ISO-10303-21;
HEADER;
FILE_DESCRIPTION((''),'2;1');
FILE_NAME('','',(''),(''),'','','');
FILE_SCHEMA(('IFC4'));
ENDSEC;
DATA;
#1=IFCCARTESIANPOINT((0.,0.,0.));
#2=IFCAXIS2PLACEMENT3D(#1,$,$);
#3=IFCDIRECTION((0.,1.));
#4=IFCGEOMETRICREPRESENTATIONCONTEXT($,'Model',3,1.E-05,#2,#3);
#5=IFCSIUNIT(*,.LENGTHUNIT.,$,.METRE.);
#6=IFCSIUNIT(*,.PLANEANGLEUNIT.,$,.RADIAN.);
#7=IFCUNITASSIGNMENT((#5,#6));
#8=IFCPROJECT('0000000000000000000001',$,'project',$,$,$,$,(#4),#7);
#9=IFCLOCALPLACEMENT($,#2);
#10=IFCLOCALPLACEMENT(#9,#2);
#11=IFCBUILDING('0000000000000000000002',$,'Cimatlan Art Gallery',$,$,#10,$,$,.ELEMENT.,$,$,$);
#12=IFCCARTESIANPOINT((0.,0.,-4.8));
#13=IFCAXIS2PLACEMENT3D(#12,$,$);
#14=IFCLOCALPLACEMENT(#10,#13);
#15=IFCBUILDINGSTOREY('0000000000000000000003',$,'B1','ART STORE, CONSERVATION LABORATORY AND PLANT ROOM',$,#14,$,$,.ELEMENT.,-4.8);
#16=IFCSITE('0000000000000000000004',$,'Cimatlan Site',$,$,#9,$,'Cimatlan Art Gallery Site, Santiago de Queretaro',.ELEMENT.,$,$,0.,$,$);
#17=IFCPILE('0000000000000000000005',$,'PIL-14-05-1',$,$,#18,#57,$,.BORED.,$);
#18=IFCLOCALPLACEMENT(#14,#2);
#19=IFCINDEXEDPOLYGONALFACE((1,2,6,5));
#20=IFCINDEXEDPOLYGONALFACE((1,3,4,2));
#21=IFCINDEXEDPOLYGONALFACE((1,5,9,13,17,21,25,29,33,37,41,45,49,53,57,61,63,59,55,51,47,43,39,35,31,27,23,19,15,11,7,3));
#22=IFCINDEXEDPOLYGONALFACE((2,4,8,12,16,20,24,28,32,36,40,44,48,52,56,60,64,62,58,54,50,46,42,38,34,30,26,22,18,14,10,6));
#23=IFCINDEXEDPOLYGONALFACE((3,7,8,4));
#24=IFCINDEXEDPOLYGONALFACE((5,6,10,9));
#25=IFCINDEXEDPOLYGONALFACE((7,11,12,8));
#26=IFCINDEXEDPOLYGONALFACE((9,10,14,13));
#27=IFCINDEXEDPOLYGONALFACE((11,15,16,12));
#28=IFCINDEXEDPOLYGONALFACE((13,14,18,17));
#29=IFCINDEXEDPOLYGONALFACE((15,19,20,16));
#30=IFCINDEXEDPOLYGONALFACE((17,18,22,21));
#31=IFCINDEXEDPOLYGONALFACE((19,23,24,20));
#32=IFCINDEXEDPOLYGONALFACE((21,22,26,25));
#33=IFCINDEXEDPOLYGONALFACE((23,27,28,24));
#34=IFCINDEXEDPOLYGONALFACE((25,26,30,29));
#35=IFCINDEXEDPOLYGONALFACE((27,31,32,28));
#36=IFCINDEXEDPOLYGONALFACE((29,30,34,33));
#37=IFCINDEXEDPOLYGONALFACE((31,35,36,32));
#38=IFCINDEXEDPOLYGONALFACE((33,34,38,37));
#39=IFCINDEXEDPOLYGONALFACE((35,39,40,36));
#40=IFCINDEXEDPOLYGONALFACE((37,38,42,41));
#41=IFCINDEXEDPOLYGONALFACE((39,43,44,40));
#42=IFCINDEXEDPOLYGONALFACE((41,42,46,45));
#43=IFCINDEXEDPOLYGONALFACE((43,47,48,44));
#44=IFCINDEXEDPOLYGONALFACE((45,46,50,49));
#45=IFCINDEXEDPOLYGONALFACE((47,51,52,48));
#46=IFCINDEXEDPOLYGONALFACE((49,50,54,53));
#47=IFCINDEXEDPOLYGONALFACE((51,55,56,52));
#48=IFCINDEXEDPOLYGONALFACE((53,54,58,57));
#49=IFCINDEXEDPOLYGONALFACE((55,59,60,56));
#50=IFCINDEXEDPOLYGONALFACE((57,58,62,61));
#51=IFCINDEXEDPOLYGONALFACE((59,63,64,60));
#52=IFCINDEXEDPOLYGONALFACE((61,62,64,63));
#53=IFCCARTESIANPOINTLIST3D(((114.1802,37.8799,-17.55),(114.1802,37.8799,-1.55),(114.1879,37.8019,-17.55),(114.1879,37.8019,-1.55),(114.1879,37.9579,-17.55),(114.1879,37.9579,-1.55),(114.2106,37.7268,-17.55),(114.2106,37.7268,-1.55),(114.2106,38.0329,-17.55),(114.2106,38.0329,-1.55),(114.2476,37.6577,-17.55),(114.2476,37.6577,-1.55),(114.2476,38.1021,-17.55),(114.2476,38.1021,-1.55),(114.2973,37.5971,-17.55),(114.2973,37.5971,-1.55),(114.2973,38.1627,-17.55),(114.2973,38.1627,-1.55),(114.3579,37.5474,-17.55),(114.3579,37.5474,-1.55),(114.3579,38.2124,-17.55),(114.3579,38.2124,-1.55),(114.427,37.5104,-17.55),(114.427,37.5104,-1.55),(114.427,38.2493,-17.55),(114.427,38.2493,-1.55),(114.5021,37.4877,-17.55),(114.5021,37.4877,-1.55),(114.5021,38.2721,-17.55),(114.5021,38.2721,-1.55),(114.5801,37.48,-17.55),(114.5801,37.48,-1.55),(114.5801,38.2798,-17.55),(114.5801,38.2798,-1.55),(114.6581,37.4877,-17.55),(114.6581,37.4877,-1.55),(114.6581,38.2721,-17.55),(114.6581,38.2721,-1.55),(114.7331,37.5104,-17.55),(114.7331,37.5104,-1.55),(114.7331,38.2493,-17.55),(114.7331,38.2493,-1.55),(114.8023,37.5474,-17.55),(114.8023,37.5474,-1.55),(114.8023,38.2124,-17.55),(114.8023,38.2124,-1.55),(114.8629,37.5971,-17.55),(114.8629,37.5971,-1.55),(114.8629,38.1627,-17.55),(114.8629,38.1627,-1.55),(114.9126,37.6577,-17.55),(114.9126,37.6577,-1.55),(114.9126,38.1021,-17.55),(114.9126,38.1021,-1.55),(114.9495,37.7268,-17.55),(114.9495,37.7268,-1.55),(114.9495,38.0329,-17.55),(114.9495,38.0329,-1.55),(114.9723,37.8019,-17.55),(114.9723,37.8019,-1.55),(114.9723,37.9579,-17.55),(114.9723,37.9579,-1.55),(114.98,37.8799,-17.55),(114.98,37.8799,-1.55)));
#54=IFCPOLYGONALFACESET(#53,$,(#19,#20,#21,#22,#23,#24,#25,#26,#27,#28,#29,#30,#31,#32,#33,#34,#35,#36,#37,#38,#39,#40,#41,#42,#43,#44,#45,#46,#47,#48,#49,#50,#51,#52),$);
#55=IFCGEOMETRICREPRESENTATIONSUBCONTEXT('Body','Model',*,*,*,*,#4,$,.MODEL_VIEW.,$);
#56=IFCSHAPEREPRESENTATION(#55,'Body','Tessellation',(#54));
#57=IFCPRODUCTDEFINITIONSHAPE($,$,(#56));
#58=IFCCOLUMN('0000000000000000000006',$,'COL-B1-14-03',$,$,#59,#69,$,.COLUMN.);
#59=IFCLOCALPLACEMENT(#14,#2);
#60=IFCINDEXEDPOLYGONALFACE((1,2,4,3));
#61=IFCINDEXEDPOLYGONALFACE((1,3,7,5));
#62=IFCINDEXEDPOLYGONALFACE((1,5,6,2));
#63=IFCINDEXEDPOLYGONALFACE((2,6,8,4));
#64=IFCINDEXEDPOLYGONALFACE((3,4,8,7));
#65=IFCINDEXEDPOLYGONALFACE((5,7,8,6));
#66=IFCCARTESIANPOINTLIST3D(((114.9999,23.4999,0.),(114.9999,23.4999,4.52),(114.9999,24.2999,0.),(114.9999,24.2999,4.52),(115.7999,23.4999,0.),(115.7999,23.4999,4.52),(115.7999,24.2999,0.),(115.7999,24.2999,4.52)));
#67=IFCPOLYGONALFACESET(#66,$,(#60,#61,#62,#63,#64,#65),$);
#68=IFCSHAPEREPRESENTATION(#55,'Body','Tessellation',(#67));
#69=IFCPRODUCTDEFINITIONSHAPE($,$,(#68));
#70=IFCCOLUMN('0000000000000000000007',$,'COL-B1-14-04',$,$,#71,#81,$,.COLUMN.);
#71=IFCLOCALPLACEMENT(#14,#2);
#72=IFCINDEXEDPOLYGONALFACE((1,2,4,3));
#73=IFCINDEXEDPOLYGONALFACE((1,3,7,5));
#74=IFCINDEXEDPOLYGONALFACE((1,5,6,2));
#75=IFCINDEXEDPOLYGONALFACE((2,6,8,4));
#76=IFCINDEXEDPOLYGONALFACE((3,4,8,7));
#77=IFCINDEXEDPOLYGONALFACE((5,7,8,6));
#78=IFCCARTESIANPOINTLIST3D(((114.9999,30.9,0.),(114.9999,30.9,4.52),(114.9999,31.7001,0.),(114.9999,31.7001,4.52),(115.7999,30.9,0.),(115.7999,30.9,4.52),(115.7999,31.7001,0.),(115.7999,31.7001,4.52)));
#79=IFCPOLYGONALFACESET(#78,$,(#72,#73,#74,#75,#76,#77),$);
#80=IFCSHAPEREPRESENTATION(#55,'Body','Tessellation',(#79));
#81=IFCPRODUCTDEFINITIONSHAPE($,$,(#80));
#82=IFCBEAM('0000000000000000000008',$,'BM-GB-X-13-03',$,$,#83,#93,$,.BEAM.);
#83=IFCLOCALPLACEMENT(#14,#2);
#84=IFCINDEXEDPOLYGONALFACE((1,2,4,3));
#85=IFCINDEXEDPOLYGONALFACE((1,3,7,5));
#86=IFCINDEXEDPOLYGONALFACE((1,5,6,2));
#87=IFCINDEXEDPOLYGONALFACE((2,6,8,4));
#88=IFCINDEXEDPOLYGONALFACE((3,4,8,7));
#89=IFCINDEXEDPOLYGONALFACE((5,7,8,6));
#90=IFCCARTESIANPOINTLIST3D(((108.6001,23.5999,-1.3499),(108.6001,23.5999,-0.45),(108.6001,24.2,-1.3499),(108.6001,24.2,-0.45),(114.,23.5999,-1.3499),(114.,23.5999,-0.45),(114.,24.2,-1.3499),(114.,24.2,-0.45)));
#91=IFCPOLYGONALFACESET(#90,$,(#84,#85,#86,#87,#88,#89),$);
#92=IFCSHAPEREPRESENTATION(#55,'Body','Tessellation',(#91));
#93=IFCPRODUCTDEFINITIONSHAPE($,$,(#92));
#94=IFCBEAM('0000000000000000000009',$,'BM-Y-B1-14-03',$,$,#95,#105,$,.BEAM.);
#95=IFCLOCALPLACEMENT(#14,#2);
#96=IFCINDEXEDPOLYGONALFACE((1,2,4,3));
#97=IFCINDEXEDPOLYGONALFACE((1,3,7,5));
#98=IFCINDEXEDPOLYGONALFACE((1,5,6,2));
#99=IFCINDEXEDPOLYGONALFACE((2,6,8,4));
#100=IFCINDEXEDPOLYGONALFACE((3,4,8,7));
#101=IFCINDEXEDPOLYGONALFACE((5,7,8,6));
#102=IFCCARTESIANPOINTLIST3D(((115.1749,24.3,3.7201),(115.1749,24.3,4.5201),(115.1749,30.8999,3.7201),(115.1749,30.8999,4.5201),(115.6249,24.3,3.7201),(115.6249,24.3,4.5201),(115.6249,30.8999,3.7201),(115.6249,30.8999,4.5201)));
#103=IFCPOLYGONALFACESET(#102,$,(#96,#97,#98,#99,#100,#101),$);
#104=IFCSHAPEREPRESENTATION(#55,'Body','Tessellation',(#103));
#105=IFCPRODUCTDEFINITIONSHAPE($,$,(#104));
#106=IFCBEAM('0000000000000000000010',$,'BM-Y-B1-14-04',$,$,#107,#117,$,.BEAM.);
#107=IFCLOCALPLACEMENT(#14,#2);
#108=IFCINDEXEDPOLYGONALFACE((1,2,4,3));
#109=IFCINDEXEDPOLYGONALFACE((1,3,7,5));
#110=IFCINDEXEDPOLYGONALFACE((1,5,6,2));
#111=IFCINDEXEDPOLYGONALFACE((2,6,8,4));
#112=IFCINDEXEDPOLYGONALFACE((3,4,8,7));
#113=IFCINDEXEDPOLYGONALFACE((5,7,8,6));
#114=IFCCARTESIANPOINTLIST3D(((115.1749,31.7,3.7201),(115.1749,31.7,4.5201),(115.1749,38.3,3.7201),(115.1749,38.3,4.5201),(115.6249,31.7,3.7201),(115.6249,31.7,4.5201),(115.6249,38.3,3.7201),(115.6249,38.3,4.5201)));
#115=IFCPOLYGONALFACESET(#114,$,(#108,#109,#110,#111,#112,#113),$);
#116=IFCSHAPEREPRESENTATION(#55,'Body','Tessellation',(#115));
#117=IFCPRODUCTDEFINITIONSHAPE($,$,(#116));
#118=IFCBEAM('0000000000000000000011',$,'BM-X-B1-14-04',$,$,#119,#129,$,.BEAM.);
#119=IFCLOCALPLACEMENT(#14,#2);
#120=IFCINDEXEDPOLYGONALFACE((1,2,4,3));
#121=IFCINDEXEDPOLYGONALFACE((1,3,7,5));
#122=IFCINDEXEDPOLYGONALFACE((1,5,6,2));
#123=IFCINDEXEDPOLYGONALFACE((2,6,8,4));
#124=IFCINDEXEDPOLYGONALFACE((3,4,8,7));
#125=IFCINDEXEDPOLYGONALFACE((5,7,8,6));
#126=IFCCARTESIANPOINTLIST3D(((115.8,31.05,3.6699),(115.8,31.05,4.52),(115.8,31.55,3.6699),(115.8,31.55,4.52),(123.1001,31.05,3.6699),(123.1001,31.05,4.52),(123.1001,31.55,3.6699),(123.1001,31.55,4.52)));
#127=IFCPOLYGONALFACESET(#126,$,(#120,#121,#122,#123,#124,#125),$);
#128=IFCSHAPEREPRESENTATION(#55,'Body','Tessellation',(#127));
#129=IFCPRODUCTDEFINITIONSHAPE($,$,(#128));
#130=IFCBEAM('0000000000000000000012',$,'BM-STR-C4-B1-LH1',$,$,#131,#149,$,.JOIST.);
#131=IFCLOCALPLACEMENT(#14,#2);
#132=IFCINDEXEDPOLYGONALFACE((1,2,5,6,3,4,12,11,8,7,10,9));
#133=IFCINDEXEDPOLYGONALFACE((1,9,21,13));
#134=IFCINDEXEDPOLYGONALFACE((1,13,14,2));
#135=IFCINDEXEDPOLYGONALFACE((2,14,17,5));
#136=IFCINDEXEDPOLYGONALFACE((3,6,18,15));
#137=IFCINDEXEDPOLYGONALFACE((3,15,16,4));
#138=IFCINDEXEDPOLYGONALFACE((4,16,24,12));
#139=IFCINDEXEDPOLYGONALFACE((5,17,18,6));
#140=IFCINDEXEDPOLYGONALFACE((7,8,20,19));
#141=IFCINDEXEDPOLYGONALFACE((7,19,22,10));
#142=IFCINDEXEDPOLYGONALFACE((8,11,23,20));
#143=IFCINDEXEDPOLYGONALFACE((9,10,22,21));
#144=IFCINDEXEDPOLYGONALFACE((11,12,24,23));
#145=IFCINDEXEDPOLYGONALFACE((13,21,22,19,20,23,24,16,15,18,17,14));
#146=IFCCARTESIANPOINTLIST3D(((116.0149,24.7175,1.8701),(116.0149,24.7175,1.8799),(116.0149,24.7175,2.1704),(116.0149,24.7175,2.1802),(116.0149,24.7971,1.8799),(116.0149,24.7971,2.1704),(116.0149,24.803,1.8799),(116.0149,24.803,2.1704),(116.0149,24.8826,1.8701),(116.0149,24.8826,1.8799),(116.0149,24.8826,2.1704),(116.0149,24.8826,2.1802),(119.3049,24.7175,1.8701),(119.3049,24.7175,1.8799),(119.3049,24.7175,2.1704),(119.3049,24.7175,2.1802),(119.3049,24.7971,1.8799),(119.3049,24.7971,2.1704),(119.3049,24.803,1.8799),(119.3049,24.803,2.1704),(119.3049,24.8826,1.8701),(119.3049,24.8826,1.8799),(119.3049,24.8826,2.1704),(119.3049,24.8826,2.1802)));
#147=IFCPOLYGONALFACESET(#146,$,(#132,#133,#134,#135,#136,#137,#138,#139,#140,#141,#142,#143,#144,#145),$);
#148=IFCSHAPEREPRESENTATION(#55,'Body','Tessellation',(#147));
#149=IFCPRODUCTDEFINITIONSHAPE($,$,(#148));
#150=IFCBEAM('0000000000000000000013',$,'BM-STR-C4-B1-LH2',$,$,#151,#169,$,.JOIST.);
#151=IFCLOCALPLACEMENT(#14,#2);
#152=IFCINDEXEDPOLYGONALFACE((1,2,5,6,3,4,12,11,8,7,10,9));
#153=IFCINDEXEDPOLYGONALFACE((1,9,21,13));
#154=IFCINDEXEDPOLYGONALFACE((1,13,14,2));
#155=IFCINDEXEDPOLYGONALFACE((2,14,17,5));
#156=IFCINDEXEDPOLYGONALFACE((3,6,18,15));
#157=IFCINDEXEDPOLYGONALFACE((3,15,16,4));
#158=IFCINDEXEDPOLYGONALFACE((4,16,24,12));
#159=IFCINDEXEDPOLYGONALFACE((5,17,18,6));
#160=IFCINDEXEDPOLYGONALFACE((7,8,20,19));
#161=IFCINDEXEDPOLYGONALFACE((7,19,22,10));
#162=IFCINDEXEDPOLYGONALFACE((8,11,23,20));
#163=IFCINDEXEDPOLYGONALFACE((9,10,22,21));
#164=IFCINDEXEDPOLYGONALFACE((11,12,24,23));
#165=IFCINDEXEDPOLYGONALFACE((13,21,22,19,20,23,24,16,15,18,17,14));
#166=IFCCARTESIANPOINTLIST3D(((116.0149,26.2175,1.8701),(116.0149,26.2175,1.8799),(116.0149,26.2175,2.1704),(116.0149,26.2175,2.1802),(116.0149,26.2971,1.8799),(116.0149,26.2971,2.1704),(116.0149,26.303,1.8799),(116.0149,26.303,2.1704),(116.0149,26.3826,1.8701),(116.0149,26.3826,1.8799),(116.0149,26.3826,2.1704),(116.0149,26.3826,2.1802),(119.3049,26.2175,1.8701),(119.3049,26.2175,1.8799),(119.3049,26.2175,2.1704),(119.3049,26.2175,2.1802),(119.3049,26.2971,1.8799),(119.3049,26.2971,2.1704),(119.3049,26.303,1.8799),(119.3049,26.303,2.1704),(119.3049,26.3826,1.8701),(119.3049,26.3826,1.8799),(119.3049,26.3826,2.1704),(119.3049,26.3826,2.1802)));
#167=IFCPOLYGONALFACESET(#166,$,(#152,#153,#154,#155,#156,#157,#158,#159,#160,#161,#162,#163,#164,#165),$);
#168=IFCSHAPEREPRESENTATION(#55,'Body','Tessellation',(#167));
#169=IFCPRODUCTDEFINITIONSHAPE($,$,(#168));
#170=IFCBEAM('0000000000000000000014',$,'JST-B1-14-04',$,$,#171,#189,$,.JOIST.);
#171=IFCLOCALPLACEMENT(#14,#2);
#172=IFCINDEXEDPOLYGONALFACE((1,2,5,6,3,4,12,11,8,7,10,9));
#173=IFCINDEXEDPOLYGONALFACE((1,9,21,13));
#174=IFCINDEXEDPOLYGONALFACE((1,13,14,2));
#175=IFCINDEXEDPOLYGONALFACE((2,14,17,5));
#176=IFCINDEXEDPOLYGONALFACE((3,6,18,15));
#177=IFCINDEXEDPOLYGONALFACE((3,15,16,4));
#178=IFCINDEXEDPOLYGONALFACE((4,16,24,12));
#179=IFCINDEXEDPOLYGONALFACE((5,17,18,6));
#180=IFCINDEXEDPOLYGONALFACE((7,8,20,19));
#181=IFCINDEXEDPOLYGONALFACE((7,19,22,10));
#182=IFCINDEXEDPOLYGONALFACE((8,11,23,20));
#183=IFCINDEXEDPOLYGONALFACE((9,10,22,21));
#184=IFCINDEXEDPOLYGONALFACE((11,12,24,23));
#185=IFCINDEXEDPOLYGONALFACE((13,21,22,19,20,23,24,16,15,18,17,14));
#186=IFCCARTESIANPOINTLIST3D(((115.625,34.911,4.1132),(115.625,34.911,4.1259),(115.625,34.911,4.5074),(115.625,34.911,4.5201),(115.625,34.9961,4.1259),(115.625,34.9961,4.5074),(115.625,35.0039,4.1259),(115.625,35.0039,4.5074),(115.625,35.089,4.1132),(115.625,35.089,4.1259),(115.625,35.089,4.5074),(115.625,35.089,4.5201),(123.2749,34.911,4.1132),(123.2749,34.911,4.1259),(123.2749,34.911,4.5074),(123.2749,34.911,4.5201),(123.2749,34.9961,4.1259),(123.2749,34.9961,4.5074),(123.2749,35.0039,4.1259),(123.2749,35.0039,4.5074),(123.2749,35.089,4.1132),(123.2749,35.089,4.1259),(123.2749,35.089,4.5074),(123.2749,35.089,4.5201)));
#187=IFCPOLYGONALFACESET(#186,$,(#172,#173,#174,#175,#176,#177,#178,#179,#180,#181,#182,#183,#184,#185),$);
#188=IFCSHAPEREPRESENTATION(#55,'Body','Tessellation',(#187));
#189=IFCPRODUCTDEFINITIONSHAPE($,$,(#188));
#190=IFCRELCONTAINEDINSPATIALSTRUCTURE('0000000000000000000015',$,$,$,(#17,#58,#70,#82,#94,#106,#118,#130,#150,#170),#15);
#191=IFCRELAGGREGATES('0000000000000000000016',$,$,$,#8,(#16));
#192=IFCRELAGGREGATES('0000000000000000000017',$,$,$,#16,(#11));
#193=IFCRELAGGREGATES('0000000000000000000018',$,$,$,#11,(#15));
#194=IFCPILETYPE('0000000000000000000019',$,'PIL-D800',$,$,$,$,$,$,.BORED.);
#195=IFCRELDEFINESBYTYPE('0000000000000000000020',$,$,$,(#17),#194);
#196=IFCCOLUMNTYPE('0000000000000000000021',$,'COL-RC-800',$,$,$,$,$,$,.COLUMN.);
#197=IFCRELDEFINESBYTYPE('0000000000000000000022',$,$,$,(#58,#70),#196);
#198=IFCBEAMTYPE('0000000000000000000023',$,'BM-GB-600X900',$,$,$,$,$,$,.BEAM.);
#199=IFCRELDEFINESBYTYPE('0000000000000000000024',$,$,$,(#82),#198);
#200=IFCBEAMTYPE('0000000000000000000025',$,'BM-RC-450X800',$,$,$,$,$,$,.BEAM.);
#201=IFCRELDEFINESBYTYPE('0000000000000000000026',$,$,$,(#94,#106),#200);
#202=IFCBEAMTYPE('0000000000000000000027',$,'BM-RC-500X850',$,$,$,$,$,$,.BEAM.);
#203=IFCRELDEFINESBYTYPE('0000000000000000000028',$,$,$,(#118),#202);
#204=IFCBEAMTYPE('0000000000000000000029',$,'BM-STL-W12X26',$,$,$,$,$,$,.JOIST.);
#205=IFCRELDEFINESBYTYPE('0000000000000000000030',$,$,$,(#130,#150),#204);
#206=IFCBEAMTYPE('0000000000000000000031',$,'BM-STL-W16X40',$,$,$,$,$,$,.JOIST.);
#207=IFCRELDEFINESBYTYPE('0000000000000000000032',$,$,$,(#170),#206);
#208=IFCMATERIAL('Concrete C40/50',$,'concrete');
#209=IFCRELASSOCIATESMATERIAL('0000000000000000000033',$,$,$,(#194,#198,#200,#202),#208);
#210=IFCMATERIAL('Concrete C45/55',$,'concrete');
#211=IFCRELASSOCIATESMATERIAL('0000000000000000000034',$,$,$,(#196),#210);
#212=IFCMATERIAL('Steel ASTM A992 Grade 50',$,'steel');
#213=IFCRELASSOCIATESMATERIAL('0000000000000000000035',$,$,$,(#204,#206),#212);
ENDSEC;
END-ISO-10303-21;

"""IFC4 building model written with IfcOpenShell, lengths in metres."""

from ifc_helpers import new_model, si_unit, direction, frame, origin, origin_2d, place, context, subcontext, project, spatial, rectangle, circle, i_section, extrude, material, material_profile, profile_set, type_object, element, save


model = new_model("IFC4")

# Units and contexts
model_context = context("Model", 3, precision=1e-05, world=origin(), true_north=direction((0.0, 1.0)))
body_context = subcontext(model_context, "Body", "Model", "MODEL_VIEW")
ifc_project = project(units=[si_unit("LENGTHUNIT", "METRE"), si_unit("PLANEANGLEUNIT", "RADIAN")], contexts=[model_context])

# Site, building, storey
site_placement = place(None, origin())
site = spatial("IfcSite", under=ifc_project, at=site_placement, Name="Cimatlan Site", LongName="Cimatlan Art Gallery Site, Santiago de Queretaro", CompositionType="ELEMENT", RefElevation=0.0)
building_placement = place(site_placement, origin())
building = spatial("IfcBuilding", under=site, at=building_placement, Name="Cimatlan Art Gallery", CompositionType="ELEMENT")
storey_placement = place(building_placement, frame((0.0, 0.0, -4.8)))
storey = spatial("IfcBuildingStorey", under=building, at=storey_placement, Name="B1", Description="ART STORE, CONSERVATION LABORATORY AND PLANT ROOM", CompositionType="ELEMENT", Elevation=-4.8)

# Shared definitions
ifc_material_1 = material(Name="Concrete C40/50", Category="concrete")

# Pile
pile_type_1 = type_object("IfcPileType", Name="PIL-D800", PredefinedType="BORED", material=ifc_material_1)
for number, where, z_axis, x_axis, name in (
    (1, (114.5801, 37.8799, -1.55), (0.0, 0.0, -1.0), (1.0, 0.0, 0.0), "PIL-14-05-1"),
):
    element("IfcPile", number, at=place(storey_placement, frame(where, z_axis=z_axis, x_axis=x_axis)), inside=storey, type_object=pile_type_1, Name=name, PredefinedType="BORED", context=body_context, shape_type="SweptSolid", body=[
        extrude(circle(Radius=0.3999, at=origin_2d()), origin(), (0.0, 0.0, 1.0), 16.0),
    ])

# Columns
ifc_material_2 = material(Name="Concrete C45/55", Category="concrete")
ifc_material_profile_1 = material_profile(ifc_material_2, rectangle(XDim=0.8, YDim=0.8, at=origin_2d()), Name="RC800X800")
ifc_profile_set_1 = profile_set([ifc_material_profile_1], Name="Concrete C45/55")
column_type = type_object("IfcColumnType", Name="COL-RC-800", PredefinedType="COLUMN", material=ifc_profile_set_1)
for number, where, z_axis, x_axis, name in (
    (2, (115.3999, 23.8999, 0.0), (0.0, 0.0, 1.0), (1.0, 0.0, 0.0), "COL-B1-14-03"),
    (3, (115.3999, 31.3, 0.0), (0.0, 0.0, 1.0), (1.0, 0.0, 0.0), "COL-B1-14-04"),
):
    element("IfcColumn", number, at=place(storey_placement, frame(where, z_axis=z_axis, x_axis=x_axis)), inside=storey, type_object=column_type, Name=name, PredefinedType="COLUMN", context=body_context, shape_type="SweptSolid", body=[
        extrude(rectangle(XDim=0.8, YDim=0.8, at=origin_2d()), origin(), (0.0, 0.0, 1.0), 4.52),
    ])

# Beams
ifc_material_profile_2 = material_profile(ifc_material_1, rectangle(XDim=0.6001, YDim=0.8999, at=origin_2d()), Name="RC600X900")
ifc_profile_set_2 = profile_set([ifc_material_profile_2], Name="Concrete C40/50")
beam_type_1 = type_object("IfcBeamType", Name="BM-GB-600X900", PredefinedType="BEAM", material=ifc_profile_set_2)
beam_1_placement = place(storey_placement, frame((108.6001, 23.8999, -0.8999), z_axis=(1.0, 0.0, 0.0), x_axis=(0.0, 1.0, 0.0)))
element("IfcBeam", 4, at=beam_1_placement, inside=storey, type_object=beam_type_1, Name="BM-GB-X-13-03", PredefinedType="BEAM", context=body_context, shape_type="SweptSolid", body=[
    extrude(rectangle(XDim=0.6001, YDim=0.8999, at=origin_2d()), origin(), (0.0, 0.0, 1.0), 5.3999),
])
ifc_material_profile_3 = material_profile(ifc_material_1, rectangle(XDim=0.45, YDim=0.8, at=origin_2d()), Name="RC450X800")
ifc_profile_set_3 = profile_set([ifc_material_profile_3], Name="Concrete C40/50")
beam_type_2 = type_object("IfcBeamType", Name="BM-RC-450X800", PredefinedType="BEAM", material=ifc_profile_set_3)
beam_2_placement = place(storey_placement, frame((115.3999, 24.3, 4.1201), z_axis=(0.0, 1.0, 0.0), x_axis=(-1.0, 0.0, 0.0)))
element("IfcBeam", 5, at=beam_2_placement, inside=storey, type_object=beam_type_2, Name="BM-Y-B1-14-03", PredefinedType="BEAM", context=body_context, shape_type="SweptSolid", body=[
    extrude(rectangle(XDim=0.45, YDim=0.8, at=origin_2d()), origin(), (0.0, 0.0, 1.0), 6.5999),
])
beam_3_placement = place(storey_placement, frame((115.3999, 31.7, 4.1201), z_axis=(0.0, 1.0, 0.0), x_axis=(-1.0, 0.0, 0.0)))
element("IfcBeam", 6, at=beam_3_placement, inside=storey, type_object=beam_type_2, Name="BM-Y-B1-14-04", PredefinedType="BEAM", context=body_context, shape_type="SweptSolid", body=[
    extrude(rectangle(XDim=0.45, YDim=0.8, at=origin_2d()), origin(), (0.0, 0.0, 1.0), 6.6001),
])
ifc_material_profile_4 = material_profile(ifc_material_1, rectangle(XDim=0.5, YDim=0.8501, at=origin_2d()), Name="RC500X850")
ifc_profile_set_4 = profile_set([ifc_material_profile_4], Name="Concrete C40/50")
beam_type_3 = type_object("IfcBeamType", Name="BM-RC-500X850", PredefinedType="BEAM", material=ifc_profile_set_4)
beam_4_placement = place(storey_placement, frame((115.8, 31.3, 4.095), z_axis=(1.0, 0.0, 0.0), x_axis=(0.0, 1.0, 0.0)))
element("IfcBeam", 7, at=beam_4_placement, inside=storey, type_object=beam_type_3, Name="BM-X-B1-14-04", PredefinedType="BEAM", context=body_context, shape_type="SweptSolid", body=[
    extrude(rectangle(XDim=0.5, YDim=0.8501, at=origin_2d()), origin(), (0.0, 0.0, 1.0), 7.3),
])
ifc_material_3 = material(Name="Steel ASTM A992 Grade 50", Category="steel")
ifc_material_profile_5 = material_profile(ifc_material_3, i_section(OverallWidth=0.165, OverallDepth=0.3101, WebThickness=0.0059, FlangeThickness=0.0098, at=origin_2d()), Name="W12X26")
ifc_profile_set_5 = profile_set([ifc_material_profile_5], Name="Steel ASTM A992 Grade 50")
beam_type_4 = type_object("IfcBeamType", Name="BM-STL-W12X26", PredefinedType="JOIST", material=ifc_profile_set_5)
for number, where, z_axis, x_axis, name in (
    (8, (116.0149, 24.8, 2.0251), (1.0, 0.0, 0.0), (0.0, 1.0, 0.0), "BM-STR-C4-B1-LH1"),
    (9, (116.0149, 26.3, 2.0251), (1.0, 0.0, 0.0), (0.0, 1.0, 0.0), "BM-STR-C4-B1-LH2"),
):
    element("IfcBeam", number, at=place(storey_placement, frame(where, z_axis=z_axis, x_axis=x_axis)), inside=storey, type_object=beam_type_4, Name=name, PredefinedType="JOIST", context=body_context, shape_type="SweptSolid", body=[
        extrude(i_section(OverallWidth=0.165, OverallDepth=0.3101, WebThickness=0.0059, FlangeThickness=0.0098, at=origin_2d()), origin(), (0.0, 0.0, 1.0), 3.29),
    ])
ifc_material_profile_6 = material_profile(ifc_material_3, i_section(OverallWidth=0.178, OverallDepth=0.407, WebThickness=0.0078, FlangeThickness=0.0127, at=origin_2d()), Name="W16X40")
ifc_profile_set_6 = profile_set([ifc_material_profile_6], Name="Steel ASTM A992 Grade 50")
beam_type_5 = type_object("IfcBeamType", Name="BM-STL-W16X40", PredefinedType="JOIST", material=ifc_profile_set_6)
beam_5_placement = place(storey_placement, frame((115.625, 35.0, 4.3167), z_axis=(1.0, 0.0, 0.0), x_axis=(0.0, 1.0, 0.0)))
element("IfcBeam", 10, at=beam_5_placement, inside=storey, type_object=beam_type_5, Name="JST-B1-14-04", PredefinedType="JOIST", context=body_context, shape_type="SweptSolid", body=[
    extrude(i_section(OverallWidth=0.178, OverallDepth=0.407, WebThickness=0.0078, FlangeThickness=0.0127, at=origin_2d()), origin(), (0.0, 0.0, 1.0), 7.6499),
])

save(model, "model.ifc")
